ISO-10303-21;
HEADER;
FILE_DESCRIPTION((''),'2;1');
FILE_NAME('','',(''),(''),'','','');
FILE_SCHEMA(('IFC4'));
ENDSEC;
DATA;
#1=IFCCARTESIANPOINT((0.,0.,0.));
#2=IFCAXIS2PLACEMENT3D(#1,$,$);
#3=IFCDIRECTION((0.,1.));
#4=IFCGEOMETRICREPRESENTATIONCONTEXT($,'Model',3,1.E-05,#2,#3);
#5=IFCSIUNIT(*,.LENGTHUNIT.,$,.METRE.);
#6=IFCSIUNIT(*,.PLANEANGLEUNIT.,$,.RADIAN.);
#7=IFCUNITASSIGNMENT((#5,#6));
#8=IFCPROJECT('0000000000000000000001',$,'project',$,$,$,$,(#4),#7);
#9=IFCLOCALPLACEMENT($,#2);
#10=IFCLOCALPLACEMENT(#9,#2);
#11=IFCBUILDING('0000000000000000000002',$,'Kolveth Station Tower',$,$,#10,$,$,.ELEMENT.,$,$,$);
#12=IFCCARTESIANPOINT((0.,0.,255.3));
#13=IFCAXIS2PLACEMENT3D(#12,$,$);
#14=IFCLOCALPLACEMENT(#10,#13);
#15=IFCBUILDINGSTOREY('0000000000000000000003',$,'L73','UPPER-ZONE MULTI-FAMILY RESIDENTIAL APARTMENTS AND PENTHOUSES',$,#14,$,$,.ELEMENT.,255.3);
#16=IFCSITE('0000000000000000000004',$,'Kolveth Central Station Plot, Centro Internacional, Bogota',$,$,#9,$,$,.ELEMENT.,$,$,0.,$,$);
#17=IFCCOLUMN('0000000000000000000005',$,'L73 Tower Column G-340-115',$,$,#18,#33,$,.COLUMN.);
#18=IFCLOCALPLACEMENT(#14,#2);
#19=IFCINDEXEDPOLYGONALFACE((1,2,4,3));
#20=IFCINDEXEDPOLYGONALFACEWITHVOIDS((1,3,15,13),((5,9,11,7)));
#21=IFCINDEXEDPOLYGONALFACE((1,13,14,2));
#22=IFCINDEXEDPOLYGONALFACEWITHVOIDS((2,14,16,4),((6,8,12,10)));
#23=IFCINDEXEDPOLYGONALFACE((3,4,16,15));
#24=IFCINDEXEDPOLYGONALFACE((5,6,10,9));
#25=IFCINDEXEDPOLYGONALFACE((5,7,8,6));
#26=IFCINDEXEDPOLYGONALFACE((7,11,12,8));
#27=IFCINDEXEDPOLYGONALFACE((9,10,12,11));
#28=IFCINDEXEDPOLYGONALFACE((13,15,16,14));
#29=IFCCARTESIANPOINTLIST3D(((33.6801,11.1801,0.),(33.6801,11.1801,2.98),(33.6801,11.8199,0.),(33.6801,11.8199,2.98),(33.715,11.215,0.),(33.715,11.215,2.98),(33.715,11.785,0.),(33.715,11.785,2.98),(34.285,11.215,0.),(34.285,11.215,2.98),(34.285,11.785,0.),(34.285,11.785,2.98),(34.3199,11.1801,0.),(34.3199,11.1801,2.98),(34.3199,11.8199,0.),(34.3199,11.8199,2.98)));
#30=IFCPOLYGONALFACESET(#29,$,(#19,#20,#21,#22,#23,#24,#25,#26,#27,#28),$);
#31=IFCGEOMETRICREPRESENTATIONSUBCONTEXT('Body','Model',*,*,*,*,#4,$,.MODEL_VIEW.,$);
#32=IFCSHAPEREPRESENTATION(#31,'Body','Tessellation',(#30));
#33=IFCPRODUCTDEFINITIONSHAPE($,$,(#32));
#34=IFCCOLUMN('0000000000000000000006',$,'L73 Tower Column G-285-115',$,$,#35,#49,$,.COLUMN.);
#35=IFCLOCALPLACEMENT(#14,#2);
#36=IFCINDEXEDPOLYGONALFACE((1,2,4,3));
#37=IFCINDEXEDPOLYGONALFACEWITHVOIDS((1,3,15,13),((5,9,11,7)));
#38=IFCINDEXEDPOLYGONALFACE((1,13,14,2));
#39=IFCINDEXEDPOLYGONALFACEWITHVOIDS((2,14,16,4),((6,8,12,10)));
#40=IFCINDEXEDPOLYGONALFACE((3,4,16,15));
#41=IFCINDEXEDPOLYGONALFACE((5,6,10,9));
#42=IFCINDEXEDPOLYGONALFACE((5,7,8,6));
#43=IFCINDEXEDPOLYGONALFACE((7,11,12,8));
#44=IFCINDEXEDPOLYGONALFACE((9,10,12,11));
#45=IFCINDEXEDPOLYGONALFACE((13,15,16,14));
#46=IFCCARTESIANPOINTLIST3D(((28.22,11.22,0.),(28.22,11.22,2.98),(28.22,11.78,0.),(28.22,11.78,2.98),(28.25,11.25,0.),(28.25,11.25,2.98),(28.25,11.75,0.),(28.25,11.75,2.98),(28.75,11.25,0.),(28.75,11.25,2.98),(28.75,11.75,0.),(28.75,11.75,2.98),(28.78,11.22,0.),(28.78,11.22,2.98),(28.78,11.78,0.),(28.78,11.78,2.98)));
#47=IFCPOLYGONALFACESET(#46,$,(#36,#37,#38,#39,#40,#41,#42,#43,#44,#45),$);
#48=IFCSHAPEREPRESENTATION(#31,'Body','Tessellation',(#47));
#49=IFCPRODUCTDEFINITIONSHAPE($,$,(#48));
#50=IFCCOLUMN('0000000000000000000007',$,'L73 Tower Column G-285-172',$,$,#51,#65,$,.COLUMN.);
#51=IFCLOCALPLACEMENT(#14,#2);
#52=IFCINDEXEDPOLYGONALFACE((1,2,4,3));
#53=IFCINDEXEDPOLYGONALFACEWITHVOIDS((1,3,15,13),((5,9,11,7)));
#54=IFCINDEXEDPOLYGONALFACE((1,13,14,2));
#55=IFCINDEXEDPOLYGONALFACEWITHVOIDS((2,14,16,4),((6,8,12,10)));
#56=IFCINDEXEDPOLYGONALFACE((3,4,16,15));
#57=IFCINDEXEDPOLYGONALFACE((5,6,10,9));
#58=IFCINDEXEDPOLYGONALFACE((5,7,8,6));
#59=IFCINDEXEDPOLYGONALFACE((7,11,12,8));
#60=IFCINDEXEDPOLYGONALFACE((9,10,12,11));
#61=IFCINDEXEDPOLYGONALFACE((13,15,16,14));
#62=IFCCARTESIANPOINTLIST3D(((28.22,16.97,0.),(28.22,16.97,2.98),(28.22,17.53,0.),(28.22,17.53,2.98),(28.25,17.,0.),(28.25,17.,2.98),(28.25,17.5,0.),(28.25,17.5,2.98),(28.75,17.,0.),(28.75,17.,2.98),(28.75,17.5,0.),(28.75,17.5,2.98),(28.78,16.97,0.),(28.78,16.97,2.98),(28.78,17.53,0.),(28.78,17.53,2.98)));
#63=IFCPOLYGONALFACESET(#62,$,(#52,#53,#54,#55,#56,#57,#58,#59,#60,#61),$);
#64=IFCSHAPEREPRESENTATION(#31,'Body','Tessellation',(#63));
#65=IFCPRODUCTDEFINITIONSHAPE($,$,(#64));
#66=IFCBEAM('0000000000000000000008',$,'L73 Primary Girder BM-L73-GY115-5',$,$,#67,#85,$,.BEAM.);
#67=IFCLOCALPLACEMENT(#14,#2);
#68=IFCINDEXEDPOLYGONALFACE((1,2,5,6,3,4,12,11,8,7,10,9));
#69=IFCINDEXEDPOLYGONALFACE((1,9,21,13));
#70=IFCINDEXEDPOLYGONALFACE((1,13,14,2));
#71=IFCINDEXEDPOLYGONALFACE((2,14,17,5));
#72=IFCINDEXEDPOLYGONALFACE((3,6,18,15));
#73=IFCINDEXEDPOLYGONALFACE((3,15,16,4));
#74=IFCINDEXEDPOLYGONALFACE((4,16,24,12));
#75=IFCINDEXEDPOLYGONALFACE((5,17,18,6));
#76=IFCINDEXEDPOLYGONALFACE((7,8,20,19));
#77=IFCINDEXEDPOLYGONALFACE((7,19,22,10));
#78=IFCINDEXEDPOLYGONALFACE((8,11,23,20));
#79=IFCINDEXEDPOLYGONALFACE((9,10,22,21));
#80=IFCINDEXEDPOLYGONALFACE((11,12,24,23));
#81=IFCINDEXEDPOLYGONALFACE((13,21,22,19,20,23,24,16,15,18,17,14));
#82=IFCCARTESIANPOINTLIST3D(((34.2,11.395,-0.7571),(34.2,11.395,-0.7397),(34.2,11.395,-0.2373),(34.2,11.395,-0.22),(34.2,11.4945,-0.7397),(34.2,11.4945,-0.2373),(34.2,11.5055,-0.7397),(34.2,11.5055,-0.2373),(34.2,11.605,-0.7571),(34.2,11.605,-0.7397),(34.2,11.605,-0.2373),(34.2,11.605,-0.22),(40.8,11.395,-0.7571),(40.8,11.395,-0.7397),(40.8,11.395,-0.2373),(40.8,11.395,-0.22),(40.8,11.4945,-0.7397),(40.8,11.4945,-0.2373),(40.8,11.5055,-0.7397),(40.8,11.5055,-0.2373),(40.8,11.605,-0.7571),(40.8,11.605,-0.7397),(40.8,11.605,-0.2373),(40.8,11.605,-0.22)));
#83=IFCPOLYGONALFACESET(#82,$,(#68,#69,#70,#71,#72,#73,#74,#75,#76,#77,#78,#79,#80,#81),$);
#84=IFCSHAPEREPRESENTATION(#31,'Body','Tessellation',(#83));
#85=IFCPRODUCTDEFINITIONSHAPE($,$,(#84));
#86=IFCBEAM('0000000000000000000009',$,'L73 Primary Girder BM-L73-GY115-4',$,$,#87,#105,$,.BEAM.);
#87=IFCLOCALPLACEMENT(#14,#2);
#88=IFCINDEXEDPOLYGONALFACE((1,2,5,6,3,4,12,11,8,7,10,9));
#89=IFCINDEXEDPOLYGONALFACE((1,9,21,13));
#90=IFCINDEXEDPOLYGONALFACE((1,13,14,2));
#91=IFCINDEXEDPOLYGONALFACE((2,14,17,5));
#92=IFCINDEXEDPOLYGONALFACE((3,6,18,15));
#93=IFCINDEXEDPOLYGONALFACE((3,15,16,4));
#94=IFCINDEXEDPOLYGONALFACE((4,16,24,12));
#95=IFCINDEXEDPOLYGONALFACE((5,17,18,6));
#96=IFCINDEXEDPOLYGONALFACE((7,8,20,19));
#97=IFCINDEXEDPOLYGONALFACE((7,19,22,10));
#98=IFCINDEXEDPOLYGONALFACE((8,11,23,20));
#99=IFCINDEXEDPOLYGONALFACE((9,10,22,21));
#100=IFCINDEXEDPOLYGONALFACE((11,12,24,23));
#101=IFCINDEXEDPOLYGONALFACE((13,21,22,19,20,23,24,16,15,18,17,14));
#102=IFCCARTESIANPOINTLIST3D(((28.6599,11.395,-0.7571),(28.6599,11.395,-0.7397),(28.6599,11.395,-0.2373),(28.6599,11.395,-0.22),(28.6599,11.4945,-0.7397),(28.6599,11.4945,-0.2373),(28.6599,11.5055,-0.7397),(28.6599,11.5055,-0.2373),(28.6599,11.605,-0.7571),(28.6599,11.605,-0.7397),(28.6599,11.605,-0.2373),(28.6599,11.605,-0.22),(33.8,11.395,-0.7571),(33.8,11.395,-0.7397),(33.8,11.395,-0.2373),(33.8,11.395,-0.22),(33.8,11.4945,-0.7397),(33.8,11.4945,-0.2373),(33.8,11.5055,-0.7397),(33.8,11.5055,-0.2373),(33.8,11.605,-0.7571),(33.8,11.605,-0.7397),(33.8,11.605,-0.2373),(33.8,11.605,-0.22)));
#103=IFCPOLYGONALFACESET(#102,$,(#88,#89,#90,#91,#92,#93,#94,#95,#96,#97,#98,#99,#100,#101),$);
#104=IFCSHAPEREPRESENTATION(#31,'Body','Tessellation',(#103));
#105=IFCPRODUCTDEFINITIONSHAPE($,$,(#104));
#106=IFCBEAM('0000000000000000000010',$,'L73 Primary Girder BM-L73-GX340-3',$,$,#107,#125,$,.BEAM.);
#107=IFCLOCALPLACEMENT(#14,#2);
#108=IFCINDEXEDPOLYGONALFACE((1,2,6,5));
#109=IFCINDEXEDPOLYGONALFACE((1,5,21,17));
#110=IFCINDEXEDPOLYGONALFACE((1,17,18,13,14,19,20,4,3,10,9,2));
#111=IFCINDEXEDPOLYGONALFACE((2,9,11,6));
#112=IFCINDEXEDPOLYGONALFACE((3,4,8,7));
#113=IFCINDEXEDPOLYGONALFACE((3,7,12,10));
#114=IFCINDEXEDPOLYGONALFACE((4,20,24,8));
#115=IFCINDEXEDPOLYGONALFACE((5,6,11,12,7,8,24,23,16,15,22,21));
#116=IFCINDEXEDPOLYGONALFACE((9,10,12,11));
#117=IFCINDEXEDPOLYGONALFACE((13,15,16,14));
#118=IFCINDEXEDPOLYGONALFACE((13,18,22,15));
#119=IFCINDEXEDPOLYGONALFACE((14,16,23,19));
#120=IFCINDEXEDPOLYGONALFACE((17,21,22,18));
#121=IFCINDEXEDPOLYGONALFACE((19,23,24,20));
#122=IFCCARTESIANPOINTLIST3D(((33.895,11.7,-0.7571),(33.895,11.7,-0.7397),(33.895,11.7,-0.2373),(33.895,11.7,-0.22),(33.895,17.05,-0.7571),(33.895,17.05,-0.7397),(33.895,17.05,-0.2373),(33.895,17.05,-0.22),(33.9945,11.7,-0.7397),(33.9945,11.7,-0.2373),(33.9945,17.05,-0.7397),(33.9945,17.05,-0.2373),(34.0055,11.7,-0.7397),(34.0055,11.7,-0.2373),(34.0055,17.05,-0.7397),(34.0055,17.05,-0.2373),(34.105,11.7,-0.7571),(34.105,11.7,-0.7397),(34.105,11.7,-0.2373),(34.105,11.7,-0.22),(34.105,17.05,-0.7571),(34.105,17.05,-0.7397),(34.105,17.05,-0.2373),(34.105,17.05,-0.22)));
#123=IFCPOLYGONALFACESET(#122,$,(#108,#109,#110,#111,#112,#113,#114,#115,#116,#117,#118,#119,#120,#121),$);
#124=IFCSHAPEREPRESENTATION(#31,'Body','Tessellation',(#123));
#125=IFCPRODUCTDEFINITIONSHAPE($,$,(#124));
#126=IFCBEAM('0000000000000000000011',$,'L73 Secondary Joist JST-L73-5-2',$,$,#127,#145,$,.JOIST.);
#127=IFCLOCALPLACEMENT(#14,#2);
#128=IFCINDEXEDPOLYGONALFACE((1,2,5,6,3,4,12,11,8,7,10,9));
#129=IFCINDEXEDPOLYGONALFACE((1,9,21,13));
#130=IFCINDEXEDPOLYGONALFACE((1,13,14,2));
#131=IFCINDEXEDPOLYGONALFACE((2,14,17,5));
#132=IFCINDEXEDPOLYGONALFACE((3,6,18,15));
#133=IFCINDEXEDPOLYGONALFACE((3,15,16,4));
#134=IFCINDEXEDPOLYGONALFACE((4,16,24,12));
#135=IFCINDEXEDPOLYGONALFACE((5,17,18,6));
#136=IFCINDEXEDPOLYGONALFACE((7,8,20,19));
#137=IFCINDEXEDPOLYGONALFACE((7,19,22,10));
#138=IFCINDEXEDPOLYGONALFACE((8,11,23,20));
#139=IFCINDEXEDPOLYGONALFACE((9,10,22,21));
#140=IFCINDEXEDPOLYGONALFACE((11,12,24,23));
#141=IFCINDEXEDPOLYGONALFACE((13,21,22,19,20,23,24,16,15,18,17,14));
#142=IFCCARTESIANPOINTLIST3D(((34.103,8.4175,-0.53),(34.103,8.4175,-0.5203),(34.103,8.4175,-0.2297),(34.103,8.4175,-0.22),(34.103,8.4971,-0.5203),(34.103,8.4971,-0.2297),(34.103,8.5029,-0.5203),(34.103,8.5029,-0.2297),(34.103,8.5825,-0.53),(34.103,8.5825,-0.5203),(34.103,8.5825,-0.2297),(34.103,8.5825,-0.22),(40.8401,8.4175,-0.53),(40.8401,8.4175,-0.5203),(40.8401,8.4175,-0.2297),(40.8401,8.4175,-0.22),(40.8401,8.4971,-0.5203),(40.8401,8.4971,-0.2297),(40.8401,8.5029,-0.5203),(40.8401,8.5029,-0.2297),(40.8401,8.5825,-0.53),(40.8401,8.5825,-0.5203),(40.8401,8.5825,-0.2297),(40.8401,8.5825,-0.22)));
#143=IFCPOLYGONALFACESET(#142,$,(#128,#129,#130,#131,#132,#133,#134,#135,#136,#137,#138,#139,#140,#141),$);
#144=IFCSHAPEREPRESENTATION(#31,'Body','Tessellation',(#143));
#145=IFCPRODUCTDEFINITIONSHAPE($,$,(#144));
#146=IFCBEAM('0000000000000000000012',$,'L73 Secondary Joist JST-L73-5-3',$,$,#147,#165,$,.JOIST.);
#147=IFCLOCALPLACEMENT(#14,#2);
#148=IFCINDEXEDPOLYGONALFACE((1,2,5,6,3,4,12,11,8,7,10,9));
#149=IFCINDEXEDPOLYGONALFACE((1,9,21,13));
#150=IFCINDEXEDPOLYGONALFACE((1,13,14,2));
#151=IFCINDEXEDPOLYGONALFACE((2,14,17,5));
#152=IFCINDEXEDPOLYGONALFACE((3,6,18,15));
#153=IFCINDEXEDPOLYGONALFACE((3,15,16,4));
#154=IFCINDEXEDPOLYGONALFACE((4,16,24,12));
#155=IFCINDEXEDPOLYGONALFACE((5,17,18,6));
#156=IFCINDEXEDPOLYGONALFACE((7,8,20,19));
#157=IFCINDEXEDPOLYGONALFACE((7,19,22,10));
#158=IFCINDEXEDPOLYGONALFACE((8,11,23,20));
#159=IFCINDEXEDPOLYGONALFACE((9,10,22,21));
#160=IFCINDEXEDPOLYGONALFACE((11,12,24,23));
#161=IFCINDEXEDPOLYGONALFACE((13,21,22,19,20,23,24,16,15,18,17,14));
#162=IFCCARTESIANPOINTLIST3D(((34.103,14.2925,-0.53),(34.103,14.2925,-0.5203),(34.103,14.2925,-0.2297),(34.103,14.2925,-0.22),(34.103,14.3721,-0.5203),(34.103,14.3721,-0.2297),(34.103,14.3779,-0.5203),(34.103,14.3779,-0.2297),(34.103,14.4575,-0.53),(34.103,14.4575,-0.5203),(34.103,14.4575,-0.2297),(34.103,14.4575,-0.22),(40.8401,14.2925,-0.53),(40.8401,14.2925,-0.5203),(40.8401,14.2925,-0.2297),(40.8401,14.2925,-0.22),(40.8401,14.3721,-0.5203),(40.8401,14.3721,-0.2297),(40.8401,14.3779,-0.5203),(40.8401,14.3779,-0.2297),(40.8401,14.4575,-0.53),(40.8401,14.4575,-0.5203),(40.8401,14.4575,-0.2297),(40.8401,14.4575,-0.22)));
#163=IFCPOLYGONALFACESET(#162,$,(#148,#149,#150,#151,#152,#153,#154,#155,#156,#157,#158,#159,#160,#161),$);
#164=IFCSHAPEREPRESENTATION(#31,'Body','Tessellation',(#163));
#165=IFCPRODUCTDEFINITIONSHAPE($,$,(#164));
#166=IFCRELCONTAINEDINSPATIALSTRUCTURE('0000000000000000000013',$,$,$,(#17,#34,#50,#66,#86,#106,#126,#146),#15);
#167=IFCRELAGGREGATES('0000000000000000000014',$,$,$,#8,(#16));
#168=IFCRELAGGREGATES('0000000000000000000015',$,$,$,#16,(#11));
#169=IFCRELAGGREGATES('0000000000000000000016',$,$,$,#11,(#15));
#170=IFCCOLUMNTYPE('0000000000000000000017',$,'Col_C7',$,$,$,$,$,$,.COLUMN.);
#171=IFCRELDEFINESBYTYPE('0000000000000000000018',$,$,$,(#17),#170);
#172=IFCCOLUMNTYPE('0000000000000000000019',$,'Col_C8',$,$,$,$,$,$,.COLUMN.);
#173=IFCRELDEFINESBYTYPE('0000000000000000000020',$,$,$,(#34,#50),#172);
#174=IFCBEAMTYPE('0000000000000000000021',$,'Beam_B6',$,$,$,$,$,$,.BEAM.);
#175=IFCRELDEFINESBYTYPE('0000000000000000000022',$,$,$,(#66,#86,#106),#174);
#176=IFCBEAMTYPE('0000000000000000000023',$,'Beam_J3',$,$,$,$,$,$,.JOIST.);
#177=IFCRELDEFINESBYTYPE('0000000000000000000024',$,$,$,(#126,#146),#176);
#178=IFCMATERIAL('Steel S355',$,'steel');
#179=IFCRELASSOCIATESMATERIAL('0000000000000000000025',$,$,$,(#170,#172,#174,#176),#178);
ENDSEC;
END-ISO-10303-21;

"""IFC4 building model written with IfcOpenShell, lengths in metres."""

from ifc_helpers import new_model, si_unit, direction, frame, origin, origin_2d, place, context, subcontext, project, spatial, hollow_rectangle, i_section, extrude, source, transform, mapped, material, material_profile, profile_set, type_object, element, save


model = new_model("IFC4")

# Units and contexts
model_context = context("Model", 3, precision=1e-05, world=origin(), true_north=direction((0.0, 1.0)))
body_context = subcontext(model_context, "Body", "Model", "MODEL_VIEW")
ifc_project = project(units=[si_unit("LENGTHUNIT", "METRE"), si_unit("PLANEANGLEUNIT", "RADIAN")], contexts=[model_context])

# Site, building, storey
site_placement = place(None, origin())
site = spatial("IfcSite", under=ifc_project, at=site_placement, Name="Kolveth Central Station Plot, Centro Internacional, Bogota", CompositionType="ELEMENT", RefElevation=0.0)
building_placement = place(site_placement, origin())
building = spatial("IfcBuilding", under=site, at=building_placement, Name="Kolveth Station Tower", CompositionType="ELEMENT")
storey_placement = place(building_placement, frame((0.0, 0.0, 255.3)))
storey = spatial("IfcBuildingStorey", under=building, at=storey_placement, Name="L73", Description="UPPER-ZONE MULTI-FAMILY RESIDENTIAL APARTMENTS AND PENTHOUSES", CompositionType="ELEMENT", Elevation=255.3)

# Columns
ifc_material_1 = material(Name="Steel S355", Category="steel")
ifc_material_profile_1 = material_profile(ifc_material_1, hollow_rectangle(XDim=0.6399, YDim=0.6399, WallThickness=0.0349, at=origin_2d()), Name="BOX640x640x35")
ifc_profile_set_1 = profile_set([ifc_material_profile_1], Name="Steel S355")
column_type_1 = type_object("IfcColumnType", Name="Col_C7", PredefinedType="COLUMN", material=ifc_profile_set_1)
shared_shape_1 = source(origin(), body_context, "Body", "SweptSolid", [
    extrude(hollow_rectangle(XDim=0.6399, YDim=0.6399, WallThickness=0.0349, at=origin_2d()), origin(), (0.0, 0.0, 1.0), 2.98),
])
column_placement = place(storey_placement, frame((34.0, 11.5, 0.0), z_axis=(0.0, 0.0, 1.0), x_axis=(1.0, 0.0, 0.0)))
element("IfcColumn", 1, at=column_placement, inside=storey, type_object=column_type_1, Name="L73 Tower Column G-340-115", PredefinedType="COLUMN", context=body_context, shape_type="MappedRepresentation", body=[
    mapped(shared_shape_1, transform((0.0, 0.0, 0.0), x_axis=(1.0, 0.0, 0.0), y_axis=(0.0, 1.0, 0.0), z_axis=(0.0, 0.0, 1.0), scale=1.0)),
])
ifc_material_profile_2 = material_profile(ifc_material_1, hollow_rectangle(XDim=0.5601, YDim=0.5601, WallThickness=0.03, at=origin_2d()), Name="BOX560x560x30")
ifc_profile_set_2 = profile_set([ifc_material_profile_2], Name="Steel S355")
column_type_2 = type_object("IfcColumnType", Name="Col_C8", PredefinedType="COLUMN", material=ifc_profile_set_2)
shared_shape_2 = source(origin(), body_context, "Body", "SweptSolid", [
    extrude(hollow_rectangle(XDim=0.5601, YDim=0.5601, WallThickness=0.03, at=origin_2d()), origin(), (0.0, 0.0, 1.0), 2.98),
])
for number, where, z_axis, x_axis, name in (
    (2, (28.5, 11.5, 0.0), (0.0, 0.0, 1.0), (1.0, 0.0, 0.0), "L73 Tower Column G-285-115"),
    (3, (28.5, 17.25, 0.0), (0.0, 0.0, 1.0), (1.0, 0.0, 0.0), "L73 Tower Column G-285-172"),
):
    element("IfcColumn", number, at=place(storey_placement, frame(where, z_axis=z_axis, x_axis=x_axis)), inside=storey, type_object=column_type_2, Name=name, PredefinedType="COLUMN", context=body_context, shape_type="MappedRepresentation", body=[
        mapped(shared_shape_2, transform((0.0, 0.0, 0.0), x_axis=(1.0, 0.0, 0.0), y_axis=(0.0, 1.0, 0.0), z_axis=(0.0, 0.0, 1.0), scale=1.0)),
    ])

# Beams
ifc_material_profile_3 = material_profile(ifc_material_1, i_section(OverallWidth=0.21, OverallDepth=0.5371, WebThickness=0.011, FlangeThickness=0.0173, at=origin_2d()), Name="W530x101")
ifc_profile_set_3 = profile_set([ifc_material_profile_3], Name="Steel S355")
beam_type_1 = type_object("IfcBeamType", Name="Beam_B6", PredefinedType="BEAM", material=ifc_profile_set_3)
shared_shape_3 = source(origin(), body_context, "Body", "SweptSolid", [
    extrude(i_section(OverallWidth=0.21, OverallDepth=0.5371, WebThickness=0.011, FlangeThickness=0.0173, at=origin_2d()), origin(), (0.0, 0.0, 1.0), 6.6001),
])
beam_1_placement = place(storey_placement, frame((34.2, 11.5, -0.4885), z_axis=(1.0, 0.0, 0.0), x_axis=(0.0, 1.0, 0.0)))
element("IfcBeam", 4, at=beam_1_placement, inside=storey, type_object=beam_type_1, Name="L73 Primary Girder BM-L73-GY115-5", PredefinedType="BEAM", context=body_context, shape_type="MappedRepresentation", body=[
    mapped(shared_shape_3, transform((0.0, 0.0, 0.0), x_axis=(1.0, 0.0, 0.0), y_axis=(0.0, 1.0, 0.0), z_axis=(0.0, 0.0, 1.0), scale=1.0)),
])
shared_shape_4 = source(origin(), body_context, "Body", "SweptSolid", [
    extrude(i_section(OverallWidth=0.21, OverallDepth=0.5371, WebThickness=0.011, FlangeThickness=0.0173, at=origin_2d()), origin(), (0.0, 0.0, 1.0), 5.1401),
])
beam_2_placement = place(storey_placement, frame((28.6599, 11.5, -0.4885), z_axis=(1.0, 0.0, 0.0), x_axis=(0.0, 1.0, 0.0)))
element("IfcBeam", 5, at=beam_2_placement, inside=storey, type_object=beam_type_1, Name="L73 Primary Girder BM-L73-GY115-4", PredefinedType="BEAM", context=body_context, shape_type="MappedRepresentation", body=[
    mapped(shared_shape_4, transform((0.0, 0.0, 0.0), x_axis=(1.0, 0.0, 0.0), y_axis=(0.0, 1.0, 0.0), z_axis=(0.0, 0.0, 1.0), scale=1.0)),
])
shared_shape_5 = source(origin(), body_context, "Body", "SweptSolid", [
    extrude(i_section(OverallWidth=0.21, OverallDepth=0.5371, WebThickness=0.011, FlangeThickness=0.0173, at=origin_2d()), origin(), (0.0, 0.0, 1.0), 5.3501),
])
beam_3_placement = place(storey_placement, frame((34.0, 11.7, -0.4885), z_axis=(0.0, 1.0, 0.0), x_axis=(-1.0, 0.0, 0.0)))
element("IfcBeam", 6, at=beam_3_placement, inside=storey, type_object=beam_type_1, Name="L73 Primary Girder BM-L73-GX340-3", PredefinedType="BEAM", context=body_context, shape_type="MappedRepresentation", body=[
    mapped(shared_shape_5, transform((0.0, 0.0, 0.0), x_axis=(1.0, 0.0, 0.0), y_axis=(0.0, 1.0, 0.0), z_axis=(0.0, 0.0, 1.0), scale=1.0)),
])
ifc_material_profile_4 = material_profile(ifc_material_1, i_section(OverallWidth=0.165, OverallDepth=0.3101, WebThickness=0.0059, FlangeThickness=0.0098, at=origin_2d()), Name="W310x39")
ifc_profile_set_4 = profile_set([ifc_material_profile_4], Name="Steel S355")
beam_type_2 = type_object("IfcBeamType", Name="Beam_J3", PredefinedType="JOIST", material=ifc_profile_set_4)
shared_shape_6 = source(origin(), body_context, "Body", "SweptSolid", [
    extrude(i_section(OverallWidth=0.165, OverallDepth=0.3101, WebThickness=0.0059, FlangeThickness=0.0098, at=origin_2d()), origin(), (0.0, 0.0, 1.0), 6.7371),
])
for number, where, z_axis, x_axis, name in (
    (7, (34.103, 8.5, -0.375), (1.0, 0.0, 0.0), (0.0, 1.0, 0.0), "L73 Secondary Joist JST-L73-5-2"),
    (8, (34.103, 14.375, -0.375), (1.0, 0.0, 0.0), (0.0, 1.0, 0.0), "L73 Secondary Joist JST-L73-5-3"),
):
    element("IfcBeam", number, at=place(storey_placement, frame(where, z_axis=z_axis, x_axis=x_axis)), inside=storey, type_object=beam_type_2, Name=name, PredefinedType="JOIST", context=body_context, shape_type="MappedRepresentation", body=[
        mapped(shared_shape_6, transform((0.0, 0.0, 0.0), x_axis=(1.0, 0.0, 0.0), y_axis=(0.0, 1.0, 0.0), z_axis=(0.0, 0.0, 1.0), scale=1.0)),
    ])

save(model, "model.ifc")
